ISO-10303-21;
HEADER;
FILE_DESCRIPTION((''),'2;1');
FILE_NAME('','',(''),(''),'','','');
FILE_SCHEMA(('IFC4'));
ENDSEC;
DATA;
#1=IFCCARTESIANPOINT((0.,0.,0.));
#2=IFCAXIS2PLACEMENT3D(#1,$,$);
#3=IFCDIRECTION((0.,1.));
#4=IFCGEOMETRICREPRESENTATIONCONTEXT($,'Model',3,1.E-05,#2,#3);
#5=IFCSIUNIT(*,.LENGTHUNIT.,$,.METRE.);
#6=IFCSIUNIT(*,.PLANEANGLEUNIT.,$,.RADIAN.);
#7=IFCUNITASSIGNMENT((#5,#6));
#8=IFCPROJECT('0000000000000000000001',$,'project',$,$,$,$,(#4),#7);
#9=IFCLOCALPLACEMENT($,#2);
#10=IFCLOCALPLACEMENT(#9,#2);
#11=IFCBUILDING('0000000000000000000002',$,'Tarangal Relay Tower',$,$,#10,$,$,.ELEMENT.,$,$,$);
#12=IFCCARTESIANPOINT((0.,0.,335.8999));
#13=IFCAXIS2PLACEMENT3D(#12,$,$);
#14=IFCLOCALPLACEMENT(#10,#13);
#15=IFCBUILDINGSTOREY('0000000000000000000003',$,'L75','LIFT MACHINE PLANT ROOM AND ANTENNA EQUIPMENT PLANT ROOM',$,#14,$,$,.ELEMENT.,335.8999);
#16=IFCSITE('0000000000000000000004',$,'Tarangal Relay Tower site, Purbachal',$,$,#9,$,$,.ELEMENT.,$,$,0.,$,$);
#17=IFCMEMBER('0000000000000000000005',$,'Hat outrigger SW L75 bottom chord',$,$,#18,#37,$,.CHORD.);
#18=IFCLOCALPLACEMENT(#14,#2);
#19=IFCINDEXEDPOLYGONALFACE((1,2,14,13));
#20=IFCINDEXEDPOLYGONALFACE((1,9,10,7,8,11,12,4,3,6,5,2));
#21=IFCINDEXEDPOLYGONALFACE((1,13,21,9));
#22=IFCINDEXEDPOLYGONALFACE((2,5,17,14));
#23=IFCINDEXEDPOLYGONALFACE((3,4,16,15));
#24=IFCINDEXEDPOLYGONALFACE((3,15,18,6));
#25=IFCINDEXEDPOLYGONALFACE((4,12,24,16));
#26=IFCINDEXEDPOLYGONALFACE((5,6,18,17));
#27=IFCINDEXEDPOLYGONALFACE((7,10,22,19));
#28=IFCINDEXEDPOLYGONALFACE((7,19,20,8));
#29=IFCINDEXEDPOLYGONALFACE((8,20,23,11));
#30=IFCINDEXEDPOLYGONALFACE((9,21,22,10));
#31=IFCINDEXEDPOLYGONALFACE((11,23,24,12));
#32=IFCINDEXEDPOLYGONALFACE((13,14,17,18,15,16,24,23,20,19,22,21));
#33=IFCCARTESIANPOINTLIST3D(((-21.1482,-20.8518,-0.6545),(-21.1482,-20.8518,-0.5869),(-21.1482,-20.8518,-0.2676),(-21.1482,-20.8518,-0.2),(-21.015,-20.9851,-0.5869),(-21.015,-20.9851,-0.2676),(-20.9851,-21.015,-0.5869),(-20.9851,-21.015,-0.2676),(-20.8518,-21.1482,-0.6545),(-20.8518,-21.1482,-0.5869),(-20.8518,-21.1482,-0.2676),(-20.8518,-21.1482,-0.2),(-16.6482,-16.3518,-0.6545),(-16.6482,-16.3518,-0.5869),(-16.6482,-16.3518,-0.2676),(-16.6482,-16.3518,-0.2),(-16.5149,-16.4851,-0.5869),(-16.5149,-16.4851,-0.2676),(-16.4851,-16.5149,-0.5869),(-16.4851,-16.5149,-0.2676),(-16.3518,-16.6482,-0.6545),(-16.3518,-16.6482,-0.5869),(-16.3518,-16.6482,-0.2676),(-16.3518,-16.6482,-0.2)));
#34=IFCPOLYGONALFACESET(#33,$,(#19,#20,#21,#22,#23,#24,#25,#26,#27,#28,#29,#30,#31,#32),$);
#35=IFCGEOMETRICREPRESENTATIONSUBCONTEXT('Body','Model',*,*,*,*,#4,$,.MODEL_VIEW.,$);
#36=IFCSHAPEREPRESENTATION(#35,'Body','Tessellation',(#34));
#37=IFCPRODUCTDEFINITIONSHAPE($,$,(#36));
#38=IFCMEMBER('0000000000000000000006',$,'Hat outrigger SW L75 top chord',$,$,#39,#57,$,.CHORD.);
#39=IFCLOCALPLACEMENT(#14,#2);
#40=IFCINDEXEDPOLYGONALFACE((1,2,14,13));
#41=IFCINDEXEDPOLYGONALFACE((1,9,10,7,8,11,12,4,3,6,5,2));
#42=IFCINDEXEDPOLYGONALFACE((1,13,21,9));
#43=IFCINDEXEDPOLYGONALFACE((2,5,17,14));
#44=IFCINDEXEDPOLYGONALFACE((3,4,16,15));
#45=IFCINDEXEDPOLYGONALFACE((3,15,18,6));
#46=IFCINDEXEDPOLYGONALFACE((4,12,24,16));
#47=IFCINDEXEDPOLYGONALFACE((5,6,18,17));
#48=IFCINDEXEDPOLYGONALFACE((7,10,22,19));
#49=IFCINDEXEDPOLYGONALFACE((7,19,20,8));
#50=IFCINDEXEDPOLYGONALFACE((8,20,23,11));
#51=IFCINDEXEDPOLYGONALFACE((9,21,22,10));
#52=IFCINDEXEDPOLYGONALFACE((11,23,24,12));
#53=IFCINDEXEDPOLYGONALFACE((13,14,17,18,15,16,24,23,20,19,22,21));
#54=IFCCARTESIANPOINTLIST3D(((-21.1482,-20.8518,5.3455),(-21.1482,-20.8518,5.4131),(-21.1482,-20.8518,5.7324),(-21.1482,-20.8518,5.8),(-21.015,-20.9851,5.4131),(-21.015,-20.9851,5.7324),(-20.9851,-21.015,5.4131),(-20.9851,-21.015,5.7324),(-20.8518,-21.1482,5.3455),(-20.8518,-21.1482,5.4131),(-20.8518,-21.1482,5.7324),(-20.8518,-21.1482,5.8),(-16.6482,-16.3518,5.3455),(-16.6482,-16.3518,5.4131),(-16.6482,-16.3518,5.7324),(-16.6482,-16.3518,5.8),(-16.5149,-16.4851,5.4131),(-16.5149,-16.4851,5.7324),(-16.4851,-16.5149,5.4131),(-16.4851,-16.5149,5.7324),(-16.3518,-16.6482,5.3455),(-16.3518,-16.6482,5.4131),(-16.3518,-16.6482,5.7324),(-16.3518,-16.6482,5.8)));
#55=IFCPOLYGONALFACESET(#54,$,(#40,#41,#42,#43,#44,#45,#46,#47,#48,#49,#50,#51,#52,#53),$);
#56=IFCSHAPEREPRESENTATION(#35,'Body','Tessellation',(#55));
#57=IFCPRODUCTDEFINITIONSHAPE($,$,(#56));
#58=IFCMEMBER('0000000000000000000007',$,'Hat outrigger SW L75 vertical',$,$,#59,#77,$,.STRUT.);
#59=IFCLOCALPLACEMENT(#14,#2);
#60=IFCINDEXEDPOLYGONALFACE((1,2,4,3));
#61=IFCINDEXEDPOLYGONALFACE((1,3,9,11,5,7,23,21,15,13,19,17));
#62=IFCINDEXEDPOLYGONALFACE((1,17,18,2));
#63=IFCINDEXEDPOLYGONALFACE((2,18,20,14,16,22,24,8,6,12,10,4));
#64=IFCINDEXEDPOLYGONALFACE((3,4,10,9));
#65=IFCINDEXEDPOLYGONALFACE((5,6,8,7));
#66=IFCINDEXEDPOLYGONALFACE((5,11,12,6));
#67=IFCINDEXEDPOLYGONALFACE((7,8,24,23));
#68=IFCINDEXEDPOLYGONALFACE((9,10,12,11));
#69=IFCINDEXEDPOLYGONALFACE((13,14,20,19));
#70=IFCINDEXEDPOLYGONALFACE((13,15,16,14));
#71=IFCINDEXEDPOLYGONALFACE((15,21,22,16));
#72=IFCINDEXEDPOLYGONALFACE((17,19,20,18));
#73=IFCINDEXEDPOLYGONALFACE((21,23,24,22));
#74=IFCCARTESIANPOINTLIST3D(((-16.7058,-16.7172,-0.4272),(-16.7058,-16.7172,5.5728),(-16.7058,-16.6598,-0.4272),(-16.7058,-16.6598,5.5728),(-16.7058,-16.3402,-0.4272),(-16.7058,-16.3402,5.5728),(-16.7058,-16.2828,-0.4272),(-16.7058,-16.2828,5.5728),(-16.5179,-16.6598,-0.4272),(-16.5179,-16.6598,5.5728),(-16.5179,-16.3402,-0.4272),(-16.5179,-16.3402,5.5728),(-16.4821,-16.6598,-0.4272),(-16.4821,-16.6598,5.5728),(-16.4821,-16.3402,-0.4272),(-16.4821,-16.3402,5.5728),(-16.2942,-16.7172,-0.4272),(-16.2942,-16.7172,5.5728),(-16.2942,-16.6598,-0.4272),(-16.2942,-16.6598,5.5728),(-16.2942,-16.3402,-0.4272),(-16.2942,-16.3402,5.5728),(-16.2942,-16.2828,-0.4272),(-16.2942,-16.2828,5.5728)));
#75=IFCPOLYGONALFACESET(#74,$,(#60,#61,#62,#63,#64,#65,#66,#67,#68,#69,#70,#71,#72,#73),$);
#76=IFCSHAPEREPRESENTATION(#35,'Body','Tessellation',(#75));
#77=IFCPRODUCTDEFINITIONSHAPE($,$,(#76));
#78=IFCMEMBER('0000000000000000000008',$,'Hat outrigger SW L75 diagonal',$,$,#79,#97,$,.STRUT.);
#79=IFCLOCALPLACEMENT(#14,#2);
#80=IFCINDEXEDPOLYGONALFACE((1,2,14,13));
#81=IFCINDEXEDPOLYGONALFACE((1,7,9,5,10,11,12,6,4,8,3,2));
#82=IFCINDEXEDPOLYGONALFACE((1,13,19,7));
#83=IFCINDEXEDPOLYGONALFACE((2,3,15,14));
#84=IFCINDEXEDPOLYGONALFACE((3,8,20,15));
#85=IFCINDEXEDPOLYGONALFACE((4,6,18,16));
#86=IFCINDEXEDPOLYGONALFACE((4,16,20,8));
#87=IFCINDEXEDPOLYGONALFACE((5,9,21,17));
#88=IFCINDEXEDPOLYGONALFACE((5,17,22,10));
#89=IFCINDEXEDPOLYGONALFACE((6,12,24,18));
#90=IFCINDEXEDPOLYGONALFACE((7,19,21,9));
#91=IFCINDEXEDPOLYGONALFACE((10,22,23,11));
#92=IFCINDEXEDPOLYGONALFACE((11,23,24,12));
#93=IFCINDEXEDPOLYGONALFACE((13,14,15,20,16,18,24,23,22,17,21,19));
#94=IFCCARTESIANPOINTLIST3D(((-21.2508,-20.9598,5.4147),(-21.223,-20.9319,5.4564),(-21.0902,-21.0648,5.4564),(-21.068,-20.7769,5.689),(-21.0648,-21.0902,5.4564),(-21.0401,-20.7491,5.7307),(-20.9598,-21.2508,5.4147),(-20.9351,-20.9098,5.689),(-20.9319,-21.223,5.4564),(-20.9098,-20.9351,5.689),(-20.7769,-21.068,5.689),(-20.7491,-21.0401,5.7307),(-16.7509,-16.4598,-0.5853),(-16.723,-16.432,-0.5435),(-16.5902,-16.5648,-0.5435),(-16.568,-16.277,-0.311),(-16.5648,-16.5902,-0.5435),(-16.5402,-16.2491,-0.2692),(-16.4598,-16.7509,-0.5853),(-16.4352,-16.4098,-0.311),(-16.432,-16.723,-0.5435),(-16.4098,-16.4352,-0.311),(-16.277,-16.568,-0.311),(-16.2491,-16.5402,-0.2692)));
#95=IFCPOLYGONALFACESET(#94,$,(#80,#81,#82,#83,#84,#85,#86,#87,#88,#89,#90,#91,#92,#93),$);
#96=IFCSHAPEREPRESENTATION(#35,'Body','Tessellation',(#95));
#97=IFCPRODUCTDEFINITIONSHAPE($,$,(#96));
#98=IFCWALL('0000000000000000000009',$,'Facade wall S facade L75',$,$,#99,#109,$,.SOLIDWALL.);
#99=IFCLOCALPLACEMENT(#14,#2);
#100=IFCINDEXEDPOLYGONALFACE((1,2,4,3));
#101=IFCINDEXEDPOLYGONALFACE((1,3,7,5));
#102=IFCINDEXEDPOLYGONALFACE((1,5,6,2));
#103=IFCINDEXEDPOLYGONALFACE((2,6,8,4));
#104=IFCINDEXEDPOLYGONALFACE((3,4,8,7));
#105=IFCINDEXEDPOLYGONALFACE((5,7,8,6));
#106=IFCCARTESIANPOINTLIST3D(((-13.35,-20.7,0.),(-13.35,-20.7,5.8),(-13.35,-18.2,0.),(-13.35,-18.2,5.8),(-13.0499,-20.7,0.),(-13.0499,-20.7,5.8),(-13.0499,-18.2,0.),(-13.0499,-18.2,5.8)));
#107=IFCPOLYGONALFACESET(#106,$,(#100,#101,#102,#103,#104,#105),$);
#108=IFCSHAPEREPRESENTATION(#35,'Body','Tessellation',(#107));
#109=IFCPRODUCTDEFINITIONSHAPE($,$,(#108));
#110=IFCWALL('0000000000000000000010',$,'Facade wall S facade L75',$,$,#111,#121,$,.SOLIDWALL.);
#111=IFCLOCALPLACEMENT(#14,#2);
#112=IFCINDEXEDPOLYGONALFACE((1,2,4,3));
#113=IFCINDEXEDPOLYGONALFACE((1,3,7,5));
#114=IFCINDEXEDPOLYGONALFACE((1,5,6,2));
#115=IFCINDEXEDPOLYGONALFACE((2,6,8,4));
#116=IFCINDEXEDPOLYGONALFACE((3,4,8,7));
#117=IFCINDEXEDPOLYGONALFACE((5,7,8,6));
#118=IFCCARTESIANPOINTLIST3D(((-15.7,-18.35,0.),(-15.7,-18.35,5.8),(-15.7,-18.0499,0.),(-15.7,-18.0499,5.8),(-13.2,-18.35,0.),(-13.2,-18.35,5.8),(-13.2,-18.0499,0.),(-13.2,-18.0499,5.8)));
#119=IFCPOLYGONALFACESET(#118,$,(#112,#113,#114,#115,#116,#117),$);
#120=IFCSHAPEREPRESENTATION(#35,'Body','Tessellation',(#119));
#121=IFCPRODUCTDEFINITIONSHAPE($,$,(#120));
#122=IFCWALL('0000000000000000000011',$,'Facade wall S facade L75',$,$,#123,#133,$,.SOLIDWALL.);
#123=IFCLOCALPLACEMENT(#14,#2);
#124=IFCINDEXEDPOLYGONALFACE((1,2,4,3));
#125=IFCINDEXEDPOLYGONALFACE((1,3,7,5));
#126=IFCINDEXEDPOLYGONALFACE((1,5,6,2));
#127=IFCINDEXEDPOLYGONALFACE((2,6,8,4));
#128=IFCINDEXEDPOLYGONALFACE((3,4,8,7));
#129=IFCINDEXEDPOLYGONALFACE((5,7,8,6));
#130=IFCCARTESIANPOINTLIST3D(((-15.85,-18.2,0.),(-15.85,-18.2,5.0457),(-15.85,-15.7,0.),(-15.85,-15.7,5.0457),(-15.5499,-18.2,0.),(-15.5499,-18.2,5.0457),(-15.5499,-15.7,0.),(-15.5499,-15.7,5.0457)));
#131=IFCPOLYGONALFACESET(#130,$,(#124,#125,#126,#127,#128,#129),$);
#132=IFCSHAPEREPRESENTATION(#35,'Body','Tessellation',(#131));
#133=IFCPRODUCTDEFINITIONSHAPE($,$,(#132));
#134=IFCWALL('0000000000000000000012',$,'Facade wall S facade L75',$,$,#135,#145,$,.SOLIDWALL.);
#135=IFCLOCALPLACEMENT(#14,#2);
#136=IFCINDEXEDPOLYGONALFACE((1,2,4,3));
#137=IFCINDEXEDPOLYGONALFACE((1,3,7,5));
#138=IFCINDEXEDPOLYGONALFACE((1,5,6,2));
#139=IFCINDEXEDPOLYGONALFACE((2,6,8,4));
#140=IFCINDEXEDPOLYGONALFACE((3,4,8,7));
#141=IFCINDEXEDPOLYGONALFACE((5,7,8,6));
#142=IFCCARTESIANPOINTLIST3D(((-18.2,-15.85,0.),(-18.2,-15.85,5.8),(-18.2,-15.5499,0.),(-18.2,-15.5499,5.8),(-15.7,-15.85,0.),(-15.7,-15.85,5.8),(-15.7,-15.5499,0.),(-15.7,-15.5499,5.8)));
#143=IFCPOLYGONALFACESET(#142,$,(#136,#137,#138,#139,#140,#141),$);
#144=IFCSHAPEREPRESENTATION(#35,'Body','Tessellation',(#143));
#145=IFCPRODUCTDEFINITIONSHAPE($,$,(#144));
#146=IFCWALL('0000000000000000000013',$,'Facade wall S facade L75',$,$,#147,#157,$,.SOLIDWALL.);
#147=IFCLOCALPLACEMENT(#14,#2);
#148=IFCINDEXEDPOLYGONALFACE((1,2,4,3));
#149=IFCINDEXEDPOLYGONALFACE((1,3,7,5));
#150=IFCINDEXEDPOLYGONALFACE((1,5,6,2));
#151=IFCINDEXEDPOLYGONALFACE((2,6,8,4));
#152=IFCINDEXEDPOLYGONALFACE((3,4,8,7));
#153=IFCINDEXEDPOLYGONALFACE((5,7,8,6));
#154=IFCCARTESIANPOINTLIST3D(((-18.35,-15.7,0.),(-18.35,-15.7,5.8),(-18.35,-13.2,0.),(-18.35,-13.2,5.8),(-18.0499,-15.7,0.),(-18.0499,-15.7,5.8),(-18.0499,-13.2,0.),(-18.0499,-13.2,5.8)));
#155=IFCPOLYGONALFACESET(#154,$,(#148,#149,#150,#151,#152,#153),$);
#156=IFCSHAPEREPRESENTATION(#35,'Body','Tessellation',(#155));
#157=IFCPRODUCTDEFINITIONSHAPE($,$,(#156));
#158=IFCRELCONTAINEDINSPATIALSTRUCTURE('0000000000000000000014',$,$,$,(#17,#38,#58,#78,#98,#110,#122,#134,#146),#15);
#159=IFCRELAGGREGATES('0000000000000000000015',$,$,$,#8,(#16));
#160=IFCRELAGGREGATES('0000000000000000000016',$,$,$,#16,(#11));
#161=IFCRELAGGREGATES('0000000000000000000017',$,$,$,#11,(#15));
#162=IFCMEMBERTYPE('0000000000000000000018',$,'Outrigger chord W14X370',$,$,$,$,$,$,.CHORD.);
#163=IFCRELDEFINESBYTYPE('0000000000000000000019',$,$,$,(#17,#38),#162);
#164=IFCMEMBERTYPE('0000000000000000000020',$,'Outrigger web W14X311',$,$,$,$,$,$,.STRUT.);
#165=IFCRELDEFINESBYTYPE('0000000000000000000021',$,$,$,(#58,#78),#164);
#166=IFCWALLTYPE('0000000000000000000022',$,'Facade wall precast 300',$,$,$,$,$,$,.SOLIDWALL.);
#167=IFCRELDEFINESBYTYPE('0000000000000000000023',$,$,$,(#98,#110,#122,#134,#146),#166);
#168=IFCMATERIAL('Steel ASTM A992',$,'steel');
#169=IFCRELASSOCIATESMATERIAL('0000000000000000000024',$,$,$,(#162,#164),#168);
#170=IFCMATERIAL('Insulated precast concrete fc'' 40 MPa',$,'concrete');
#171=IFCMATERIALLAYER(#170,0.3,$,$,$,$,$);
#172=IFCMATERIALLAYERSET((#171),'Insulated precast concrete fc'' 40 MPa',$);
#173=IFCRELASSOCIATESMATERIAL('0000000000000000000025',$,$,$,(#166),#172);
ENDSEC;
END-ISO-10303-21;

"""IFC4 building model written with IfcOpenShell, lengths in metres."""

from ifc_helpers import new_model, si_unit, direction, frame, frame_2d, origin, origin_2d, place, context, subcontext, project, spatial, rectangle, i_section, extrude, material, layer, layer_set, material_profile, profile_set, type_object, element, save


model = new_model("IFC4")

# Units and contexts
model_context = context("Model", 3, precision=1e-05, world=origin(), true_north=direction((0.0, 1.0)))
body_context = subcontext(model_context, "Body", "Model", "MODEL_VIEW")
ifc_project = project(units=[si_unit("LENGTHUNIT", "METRE"), si_unit("PLANEANGLEUNIT", "RADIAN")], contexts=[model_context])

# Site, building, storey
site_placement = place(None, origin())
site = spatial("IfcSite", under=ifc_project, at=site_placement, Name="Tarangal Relay Tower site, Purbachal", CompositionType="ELEMENT", RefElevation=0.0)
building_placement = place(site_placement, origin())
building = spatial("IfcBuilding", under=site, at=building_placement, Name="Tarangal Relay Tower", CompositionType="ELEMENT")
storey_placement = place(building_placement, frame((0.0, 0.0, 335.8999)))
storey = spatial("IfcBuildingStorey", under=building, at=storey_placement, Name="L75", Description="LIFT MACHINE PLANT ROOM AND ANTENNA EQUIPMENT PLANT ROOM", CompositionType="ELEMENT", Elevation=335.8999)

# Shared definitions
ifc_material_1 = material(Name="Steel ASTM A992", Category="steel")

# Members
ifc_material_profile_1 = material_profile(ifc_material_1, i_section(OverallWidth=0.4192, OverallDepth=0.4546, WebThickness=0.0422, FlangeThickness=0.0676, at=origin_2d()), Name="W14X370")
ifc_profile_set_1 = profile_set([ifc_material_profile_1], Name="Steel ASTM A992")
member_type_1 = type_object("IfcMemberType", Name="Outrigger chord W14X370", PredefinedType="CHORD", material=ifc_profile_set_1)
for number, where, z_axis, x_axis, name in (
    (1, (-16.5, -16.5, -0.4272), (-0.707107, -0.707107, 0.0), (0.707107, -0.707107, 0.0), "Hat outrigger SW L75 bottom chord"),
    (2, (-16.5, -16.5, 5.5728), (-0.707107, -0.707107, 0.0), (0.707107, -0.707107, 0.0), "Hat outrigger SW L75 top chord"),
):
    element("IfcMember", number, at=place(storey_placement, frame(where, z_axis=z_axis, x_axis=x_axis)), inside=storey, type_object=member_type_1, Name=name, PredefinedType="CHORD", context=body_context, shape_type="SweptSolid", body=[
        extrude(i_section(OverallWidth=0.4192, OverallDepth=0.4546, WebThickness=0.0422, FlangeThickness=0.0676, at=origin_2d()), origin(), (0.0, 0.0, 1.0), 6.364),
    ])
ifc_material_profile_2 = material_profile(ifc_material_1, i_section(OverallWidth=0.4116, OverallDepth=0.4343, WebThickness=0.0359, FlangeThickness=0.0574, at=origin_2d()), Name="W14X311")
ifc_profile_set_2 = profile_set([ifc_material_profile_2], Name="Steel ASTM A992")
member_type_2 = type_object("IfcMemberType", Name="Outrigger web W14X311", PredefinedType="STRUT", material=ifc_profile_set_2)
member_1_placement = place(storey_placement, frame((-16.5, -16.5, -0.4272), z_axis=(0.0, 0.0, 1.0), x_axis=(1.0, 0.0, 0.0)))
element("IfcMember", 3, at=member_1_placement, inside=storey, type_object=member_type_2, Name="Hat outrigger SW L75 vertical", PredefinedType="STRUT", context=body_context, shape_type="SweptSolid", body=[
    extrude(i_section(OverallWidth=0.4116, OverallDepth=0.4343, WebThickness=0.0359, FlangeThickness=0.0574, at=origin_2d()), origin(), (0.0, 0.0, 1.0), 6.0),
])
member_2_placement = place(storey_placement, frame((-16.5, -16.5, -0.4272), z_axis=(-0.514496, -0.514496, 0.685994), x_axis=(0.707107, -0.707107, 0.0)))
element("IfcMember", 4, at=member_2_placement, inside=storey, type_object=member_type_2, Name="Hat outrigger SW L75 diagonal", PredefinedType="STRUT", context=body_context, shape_type="SweptSolid", body=[
    extrude(i_section(OverallWidth=0.4116, OverallDepth=0.4343, WebThickness=0.0359, FlangeThickness=0.0574, at=origin_2d()), origin(), (0.0, 0.0, 1.0), 8.7463),
])

# Walls
ifc_material_2 = material(Name="Insulated precast concrete fc' 40 MPa", Category="concrete")
ifc_layer_1 = layer(ifc_material_2, 0.3)
ifc_layer_set_1 = layer_set([ifc_layer_1], Name="Insulated precast concrete fc' 40 MPa")
wall_type_1 = type_object("IfcWallType", Name="Facade wall precast 300", PredefinedType="SOLIDWALL", material=ifc_layer_set_1)
for number, where, z_axis, x_axis, name in (
    (5, (-13.2, -20.7, 0.0), (0.0, 0.0, 1.0), (0.0, 1.0, 0.0), "Facade wall S facade L75"),
    (6, (-13.2, -18.2, 0.0), (0.0, 0.0, 1.0), (-1.0, 0.0, 0.0), "Facade wall S facade L75"),
):
    element("IfcWall", number, at=place(storey_placement, frame(where, z_axis=z_axis, x_axis=x_axis)), inside=storey, type_object=wall_type_1, Name=name, PredefinedType="SOLIDWALL", context=body_context, shape_type="SweptSolid", body=[
        extrude(rectangle(XDim=2.5, YDim=0.3, at=frame_2d((1.25, 0.0))), origin(), (0.0, 0.0, 1.0), 5.8),
    ])
wall_1_placement = place(storey_placement, frame((-15.7, -18.2, 0.0), z_axis=(0.0, 0.0, 1.0), x_axis=(0.0, 1.0, 0.0)))
element("IfcWall", 7, at=wall_1_placement, inside=storey, type_object=wall_type_1, Name="Facade wall S facade L75", PredefinedType="SOLIDWALL", context=body_context, shape_type="SweptSolid", body=[
    extrude(rectangle(XDim=2.5, YDim=0.3, at=frame_2d((1.25, 0.0))), origin(), (0.0, 0.0, 1.0), 5.0457),
])
for number, where, z_axis, x_axis, name in (
    (8, (-15.7, -15.7, 0.0), (0.0, 0.0, 1.0), (-1.0, 0.0, 0.0), "Facade wall S facade L75"),
    (9, (-18.2, -15.7, 0.0), (0.0, 0.0, 1.0), (0.0, 1.0, 0.0), "Facade wall S facade L75"),
):
    element("IfcWall", number, at=place(storey_placement, frame(where, z_axis=z_axis, x_axis=x_axis)), inside=storey, type_object=wall_type_1, Name=name, PredefinedType="SOLIDWALL", context=body_context, shape_type="SweptSolid", body=[
        extrude(rectangle(XDim=2.5, YDim=0.3, at=frame_2d((1.25, 0.0))), origin(), (0.0, 0.0, 1.0), 5.8),
    ])

save(model, "model.ifc")
